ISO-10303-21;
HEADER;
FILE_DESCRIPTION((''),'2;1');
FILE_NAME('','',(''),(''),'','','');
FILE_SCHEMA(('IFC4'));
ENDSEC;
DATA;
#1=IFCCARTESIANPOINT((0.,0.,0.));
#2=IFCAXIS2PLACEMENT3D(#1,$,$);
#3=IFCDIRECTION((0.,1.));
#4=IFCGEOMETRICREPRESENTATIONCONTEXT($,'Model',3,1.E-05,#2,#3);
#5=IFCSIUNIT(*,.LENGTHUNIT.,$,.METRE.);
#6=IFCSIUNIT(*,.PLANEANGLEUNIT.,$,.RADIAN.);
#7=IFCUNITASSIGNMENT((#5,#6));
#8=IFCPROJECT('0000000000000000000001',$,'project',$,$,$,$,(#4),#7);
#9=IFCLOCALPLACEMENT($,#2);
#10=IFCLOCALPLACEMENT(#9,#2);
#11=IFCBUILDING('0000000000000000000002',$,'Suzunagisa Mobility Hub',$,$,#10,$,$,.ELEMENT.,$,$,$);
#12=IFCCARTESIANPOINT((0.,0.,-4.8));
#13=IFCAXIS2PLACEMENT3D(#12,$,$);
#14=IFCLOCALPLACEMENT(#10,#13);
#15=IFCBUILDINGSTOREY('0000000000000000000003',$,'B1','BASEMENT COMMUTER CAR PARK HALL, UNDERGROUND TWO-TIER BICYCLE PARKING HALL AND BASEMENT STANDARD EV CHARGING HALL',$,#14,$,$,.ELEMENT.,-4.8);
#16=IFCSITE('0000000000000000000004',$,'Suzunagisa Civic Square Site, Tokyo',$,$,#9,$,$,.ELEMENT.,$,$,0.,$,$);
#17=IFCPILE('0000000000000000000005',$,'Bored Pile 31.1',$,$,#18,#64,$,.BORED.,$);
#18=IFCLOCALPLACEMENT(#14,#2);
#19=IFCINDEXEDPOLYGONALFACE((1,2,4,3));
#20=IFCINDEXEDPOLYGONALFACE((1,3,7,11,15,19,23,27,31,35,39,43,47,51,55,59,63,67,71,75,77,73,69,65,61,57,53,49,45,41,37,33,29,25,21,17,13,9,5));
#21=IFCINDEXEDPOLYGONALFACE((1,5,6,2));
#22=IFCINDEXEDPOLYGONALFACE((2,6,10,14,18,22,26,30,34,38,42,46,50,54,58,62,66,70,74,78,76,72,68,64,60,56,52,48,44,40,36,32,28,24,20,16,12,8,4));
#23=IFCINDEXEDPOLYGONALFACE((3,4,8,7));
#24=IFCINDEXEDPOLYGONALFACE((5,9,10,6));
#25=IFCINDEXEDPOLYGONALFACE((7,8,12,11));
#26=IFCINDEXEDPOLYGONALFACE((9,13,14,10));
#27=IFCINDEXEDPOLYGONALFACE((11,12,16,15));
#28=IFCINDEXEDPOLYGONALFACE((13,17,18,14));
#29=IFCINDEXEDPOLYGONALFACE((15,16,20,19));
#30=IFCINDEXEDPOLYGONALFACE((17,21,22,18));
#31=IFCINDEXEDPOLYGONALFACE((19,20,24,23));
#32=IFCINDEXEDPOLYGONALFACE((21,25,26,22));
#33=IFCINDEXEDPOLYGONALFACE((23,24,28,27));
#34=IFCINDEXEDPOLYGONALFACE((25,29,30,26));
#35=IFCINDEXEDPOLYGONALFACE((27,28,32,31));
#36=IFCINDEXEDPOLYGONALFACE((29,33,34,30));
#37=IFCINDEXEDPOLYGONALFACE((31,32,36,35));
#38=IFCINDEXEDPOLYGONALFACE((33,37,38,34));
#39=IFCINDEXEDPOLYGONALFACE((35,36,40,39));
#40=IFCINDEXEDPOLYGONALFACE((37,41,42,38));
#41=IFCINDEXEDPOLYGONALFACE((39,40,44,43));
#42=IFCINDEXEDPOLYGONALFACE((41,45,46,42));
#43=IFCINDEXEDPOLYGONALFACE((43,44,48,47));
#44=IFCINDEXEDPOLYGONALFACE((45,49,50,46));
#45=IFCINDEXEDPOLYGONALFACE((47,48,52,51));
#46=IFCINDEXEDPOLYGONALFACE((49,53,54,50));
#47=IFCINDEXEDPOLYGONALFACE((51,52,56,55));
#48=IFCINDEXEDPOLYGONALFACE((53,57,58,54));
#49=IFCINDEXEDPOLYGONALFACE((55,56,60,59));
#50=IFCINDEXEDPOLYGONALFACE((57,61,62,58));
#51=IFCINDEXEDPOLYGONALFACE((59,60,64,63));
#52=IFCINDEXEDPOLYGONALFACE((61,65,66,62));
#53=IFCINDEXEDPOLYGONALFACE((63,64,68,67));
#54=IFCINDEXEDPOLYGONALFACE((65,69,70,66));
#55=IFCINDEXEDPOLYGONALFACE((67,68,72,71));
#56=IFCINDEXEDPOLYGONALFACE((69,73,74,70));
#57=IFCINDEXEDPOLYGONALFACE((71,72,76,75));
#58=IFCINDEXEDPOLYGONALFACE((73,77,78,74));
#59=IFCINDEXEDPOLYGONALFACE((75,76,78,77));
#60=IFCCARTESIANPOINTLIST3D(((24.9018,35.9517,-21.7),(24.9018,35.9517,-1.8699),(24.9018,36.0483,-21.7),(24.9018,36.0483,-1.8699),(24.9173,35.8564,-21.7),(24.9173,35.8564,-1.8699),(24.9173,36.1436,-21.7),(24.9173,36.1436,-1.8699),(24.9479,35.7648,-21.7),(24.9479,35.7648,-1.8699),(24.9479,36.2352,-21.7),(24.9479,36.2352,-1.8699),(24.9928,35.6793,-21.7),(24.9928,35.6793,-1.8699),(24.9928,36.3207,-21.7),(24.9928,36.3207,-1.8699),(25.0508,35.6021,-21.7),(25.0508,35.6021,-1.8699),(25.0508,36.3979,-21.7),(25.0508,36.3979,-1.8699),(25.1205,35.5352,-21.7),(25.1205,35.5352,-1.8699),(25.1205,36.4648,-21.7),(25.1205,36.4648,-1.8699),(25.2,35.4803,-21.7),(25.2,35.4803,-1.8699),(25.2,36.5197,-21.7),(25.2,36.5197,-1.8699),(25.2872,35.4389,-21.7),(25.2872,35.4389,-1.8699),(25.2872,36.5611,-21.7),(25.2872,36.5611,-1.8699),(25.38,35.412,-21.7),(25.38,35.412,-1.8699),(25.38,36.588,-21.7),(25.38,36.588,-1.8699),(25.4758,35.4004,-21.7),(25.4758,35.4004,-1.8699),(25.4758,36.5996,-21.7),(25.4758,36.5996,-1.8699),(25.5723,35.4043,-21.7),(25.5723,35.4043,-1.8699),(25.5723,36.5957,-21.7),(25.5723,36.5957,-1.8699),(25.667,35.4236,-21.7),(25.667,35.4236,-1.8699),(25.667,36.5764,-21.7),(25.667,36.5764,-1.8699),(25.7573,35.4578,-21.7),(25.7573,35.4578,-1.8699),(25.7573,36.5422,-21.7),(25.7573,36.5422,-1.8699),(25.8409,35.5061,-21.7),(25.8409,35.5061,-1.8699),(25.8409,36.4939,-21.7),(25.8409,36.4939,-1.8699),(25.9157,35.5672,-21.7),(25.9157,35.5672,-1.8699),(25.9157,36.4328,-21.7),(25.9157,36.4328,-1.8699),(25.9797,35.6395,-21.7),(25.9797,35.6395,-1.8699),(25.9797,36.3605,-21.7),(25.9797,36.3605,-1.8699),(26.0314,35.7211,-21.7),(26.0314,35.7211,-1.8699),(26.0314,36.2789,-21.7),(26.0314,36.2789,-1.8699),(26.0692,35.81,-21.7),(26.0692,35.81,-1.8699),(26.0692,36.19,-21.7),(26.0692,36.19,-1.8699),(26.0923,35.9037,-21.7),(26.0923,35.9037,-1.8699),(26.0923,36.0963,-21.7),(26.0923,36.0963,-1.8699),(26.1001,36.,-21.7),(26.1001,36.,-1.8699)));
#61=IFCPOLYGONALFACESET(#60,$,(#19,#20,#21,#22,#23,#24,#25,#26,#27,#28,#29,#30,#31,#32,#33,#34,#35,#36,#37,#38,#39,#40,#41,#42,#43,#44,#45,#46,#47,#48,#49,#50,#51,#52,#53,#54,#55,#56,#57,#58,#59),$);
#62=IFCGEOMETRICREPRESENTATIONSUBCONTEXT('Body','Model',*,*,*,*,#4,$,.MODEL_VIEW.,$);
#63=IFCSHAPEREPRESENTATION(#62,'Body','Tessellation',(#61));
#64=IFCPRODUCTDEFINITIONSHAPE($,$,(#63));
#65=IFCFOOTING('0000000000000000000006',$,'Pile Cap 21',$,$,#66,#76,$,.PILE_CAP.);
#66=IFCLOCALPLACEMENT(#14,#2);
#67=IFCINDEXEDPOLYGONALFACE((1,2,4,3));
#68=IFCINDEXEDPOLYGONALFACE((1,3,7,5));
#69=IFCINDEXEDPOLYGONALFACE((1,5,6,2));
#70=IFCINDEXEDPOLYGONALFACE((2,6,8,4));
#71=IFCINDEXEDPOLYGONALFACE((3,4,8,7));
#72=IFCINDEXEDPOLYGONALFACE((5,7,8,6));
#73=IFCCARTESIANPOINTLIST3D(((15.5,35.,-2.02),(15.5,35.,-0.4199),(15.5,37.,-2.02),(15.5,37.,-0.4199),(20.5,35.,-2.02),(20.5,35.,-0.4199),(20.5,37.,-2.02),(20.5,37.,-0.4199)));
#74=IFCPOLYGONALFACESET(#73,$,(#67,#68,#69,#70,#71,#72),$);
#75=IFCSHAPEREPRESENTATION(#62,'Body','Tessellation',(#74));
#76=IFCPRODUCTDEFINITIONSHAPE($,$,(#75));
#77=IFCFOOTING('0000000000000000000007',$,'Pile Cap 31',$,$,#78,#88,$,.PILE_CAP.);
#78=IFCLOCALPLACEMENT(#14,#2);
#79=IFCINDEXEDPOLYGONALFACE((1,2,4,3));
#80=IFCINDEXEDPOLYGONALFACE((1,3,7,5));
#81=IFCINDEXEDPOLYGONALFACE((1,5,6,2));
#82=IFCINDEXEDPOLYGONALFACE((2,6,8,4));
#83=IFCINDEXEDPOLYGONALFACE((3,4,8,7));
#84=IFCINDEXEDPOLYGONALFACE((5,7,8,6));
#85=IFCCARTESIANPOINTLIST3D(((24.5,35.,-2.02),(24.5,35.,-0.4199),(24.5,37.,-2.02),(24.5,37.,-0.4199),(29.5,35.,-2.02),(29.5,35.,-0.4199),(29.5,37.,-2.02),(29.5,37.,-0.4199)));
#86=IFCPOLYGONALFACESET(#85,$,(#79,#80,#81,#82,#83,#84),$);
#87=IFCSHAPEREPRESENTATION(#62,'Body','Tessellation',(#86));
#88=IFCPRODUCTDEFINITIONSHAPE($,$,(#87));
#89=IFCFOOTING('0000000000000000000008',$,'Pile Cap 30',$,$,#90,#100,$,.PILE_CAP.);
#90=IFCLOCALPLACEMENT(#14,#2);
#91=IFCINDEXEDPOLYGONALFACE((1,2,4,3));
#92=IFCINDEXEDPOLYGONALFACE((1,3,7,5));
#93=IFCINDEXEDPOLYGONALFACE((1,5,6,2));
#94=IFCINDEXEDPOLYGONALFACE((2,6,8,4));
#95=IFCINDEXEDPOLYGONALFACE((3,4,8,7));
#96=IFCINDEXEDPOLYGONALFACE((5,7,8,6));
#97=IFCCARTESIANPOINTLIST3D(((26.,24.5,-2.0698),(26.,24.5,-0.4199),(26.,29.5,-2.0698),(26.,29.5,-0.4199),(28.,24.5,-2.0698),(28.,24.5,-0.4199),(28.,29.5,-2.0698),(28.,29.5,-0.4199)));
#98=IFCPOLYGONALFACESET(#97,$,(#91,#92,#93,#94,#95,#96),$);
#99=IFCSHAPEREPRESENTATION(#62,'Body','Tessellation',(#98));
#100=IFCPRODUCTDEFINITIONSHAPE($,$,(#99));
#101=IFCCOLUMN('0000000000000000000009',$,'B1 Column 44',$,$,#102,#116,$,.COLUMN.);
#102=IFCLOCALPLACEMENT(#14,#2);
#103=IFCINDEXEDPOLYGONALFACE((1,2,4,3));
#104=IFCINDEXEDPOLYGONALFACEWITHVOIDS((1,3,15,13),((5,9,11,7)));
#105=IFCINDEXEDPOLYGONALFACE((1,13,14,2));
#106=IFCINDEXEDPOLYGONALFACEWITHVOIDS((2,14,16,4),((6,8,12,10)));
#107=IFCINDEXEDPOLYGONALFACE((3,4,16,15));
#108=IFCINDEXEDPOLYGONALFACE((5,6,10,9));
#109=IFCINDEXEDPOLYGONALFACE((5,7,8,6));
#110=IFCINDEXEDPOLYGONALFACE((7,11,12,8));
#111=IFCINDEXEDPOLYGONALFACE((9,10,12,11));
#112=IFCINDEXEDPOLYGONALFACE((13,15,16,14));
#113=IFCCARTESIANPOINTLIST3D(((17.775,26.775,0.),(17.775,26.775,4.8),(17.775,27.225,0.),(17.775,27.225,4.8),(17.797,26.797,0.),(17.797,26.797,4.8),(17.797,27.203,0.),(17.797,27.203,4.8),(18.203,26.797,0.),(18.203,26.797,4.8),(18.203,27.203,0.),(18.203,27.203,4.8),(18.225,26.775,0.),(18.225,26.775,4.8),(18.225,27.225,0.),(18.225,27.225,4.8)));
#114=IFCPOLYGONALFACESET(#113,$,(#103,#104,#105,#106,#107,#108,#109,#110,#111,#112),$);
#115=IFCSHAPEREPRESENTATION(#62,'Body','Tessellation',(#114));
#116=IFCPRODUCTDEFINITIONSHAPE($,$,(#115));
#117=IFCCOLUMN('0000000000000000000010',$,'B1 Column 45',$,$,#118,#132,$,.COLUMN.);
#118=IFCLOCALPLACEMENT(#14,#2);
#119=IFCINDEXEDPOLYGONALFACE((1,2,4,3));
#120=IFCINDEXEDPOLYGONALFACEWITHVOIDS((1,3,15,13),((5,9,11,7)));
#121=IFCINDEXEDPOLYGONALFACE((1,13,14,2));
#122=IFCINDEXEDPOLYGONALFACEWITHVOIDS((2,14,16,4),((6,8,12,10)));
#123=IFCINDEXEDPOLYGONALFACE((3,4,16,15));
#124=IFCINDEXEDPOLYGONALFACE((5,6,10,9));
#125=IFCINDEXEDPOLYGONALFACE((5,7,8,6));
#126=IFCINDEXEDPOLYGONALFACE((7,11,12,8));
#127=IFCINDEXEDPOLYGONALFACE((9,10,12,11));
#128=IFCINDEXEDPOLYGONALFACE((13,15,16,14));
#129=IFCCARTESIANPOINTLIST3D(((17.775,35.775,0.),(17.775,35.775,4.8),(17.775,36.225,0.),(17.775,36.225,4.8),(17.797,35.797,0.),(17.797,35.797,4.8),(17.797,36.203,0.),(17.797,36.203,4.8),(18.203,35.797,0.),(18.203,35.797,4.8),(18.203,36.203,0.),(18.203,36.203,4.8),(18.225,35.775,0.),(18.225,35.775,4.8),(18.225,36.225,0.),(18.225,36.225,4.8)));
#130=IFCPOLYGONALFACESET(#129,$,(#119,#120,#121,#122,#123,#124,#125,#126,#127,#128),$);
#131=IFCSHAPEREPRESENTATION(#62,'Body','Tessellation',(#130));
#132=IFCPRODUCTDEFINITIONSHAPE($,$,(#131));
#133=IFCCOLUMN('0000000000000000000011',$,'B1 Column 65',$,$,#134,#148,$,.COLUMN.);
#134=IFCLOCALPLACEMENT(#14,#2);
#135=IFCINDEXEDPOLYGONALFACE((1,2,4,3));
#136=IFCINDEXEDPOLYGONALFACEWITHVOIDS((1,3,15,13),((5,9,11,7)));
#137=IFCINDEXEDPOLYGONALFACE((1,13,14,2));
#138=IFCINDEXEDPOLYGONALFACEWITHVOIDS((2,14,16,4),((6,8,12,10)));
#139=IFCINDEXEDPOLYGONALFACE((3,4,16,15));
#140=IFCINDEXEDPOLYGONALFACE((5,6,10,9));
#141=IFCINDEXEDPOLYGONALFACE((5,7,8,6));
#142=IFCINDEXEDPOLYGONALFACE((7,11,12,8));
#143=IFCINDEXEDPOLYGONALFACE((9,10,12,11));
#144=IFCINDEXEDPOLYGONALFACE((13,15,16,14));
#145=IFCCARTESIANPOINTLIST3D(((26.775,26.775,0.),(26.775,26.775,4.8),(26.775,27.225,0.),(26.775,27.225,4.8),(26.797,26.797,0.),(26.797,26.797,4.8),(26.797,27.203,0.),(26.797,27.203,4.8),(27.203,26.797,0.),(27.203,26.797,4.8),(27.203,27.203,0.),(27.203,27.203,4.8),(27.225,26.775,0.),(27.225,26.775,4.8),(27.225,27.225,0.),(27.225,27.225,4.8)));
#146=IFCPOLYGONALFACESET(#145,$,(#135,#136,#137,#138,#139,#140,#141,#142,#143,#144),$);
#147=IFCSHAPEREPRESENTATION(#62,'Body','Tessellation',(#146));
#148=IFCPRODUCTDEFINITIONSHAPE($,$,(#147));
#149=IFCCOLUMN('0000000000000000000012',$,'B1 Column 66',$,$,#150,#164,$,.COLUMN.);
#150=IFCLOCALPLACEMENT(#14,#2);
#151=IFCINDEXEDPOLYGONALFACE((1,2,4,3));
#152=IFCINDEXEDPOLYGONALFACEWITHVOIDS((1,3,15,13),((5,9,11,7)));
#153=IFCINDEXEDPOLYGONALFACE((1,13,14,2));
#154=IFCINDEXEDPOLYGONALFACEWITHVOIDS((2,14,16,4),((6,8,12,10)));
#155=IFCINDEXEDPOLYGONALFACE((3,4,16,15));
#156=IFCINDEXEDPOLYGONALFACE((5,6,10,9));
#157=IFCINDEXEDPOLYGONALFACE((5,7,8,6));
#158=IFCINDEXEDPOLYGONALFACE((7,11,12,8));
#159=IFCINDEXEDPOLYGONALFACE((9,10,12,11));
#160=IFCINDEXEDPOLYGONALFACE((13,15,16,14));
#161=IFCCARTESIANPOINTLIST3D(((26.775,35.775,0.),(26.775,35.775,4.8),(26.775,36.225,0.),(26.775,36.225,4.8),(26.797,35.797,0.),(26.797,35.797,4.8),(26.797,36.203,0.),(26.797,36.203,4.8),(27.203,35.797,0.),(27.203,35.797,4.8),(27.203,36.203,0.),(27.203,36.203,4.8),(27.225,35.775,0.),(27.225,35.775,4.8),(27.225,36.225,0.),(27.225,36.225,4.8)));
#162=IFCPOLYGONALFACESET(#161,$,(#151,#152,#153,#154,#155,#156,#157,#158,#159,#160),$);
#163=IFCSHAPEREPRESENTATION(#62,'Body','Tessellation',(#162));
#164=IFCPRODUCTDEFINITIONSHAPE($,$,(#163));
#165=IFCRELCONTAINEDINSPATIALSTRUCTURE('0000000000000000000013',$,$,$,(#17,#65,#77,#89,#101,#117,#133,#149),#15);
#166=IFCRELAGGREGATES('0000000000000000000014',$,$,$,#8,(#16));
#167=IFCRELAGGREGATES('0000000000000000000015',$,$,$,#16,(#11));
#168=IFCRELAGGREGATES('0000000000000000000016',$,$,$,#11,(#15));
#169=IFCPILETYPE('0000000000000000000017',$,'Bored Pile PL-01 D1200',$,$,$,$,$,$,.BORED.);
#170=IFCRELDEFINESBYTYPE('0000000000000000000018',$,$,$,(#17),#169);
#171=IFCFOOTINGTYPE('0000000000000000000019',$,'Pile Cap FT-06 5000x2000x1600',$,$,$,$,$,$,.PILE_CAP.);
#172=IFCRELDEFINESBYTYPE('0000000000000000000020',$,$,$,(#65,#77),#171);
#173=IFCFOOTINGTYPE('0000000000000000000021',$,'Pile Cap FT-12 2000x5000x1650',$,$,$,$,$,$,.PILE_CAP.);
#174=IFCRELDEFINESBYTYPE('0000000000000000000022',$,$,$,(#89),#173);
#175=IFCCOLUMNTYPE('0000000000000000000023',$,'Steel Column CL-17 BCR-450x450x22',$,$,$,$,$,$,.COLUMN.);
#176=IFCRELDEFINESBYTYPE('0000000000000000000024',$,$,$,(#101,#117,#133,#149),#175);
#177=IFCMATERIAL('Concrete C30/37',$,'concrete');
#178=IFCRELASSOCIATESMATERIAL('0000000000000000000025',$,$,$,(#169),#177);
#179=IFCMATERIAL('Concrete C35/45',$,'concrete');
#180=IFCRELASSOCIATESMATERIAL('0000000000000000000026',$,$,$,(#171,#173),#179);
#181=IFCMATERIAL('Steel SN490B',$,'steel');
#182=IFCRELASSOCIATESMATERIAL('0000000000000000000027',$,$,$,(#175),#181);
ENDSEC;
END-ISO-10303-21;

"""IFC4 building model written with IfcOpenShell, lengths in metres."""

from ifc_helpers import new_model, si_unit, direction, frame, origin, origin_2d, place, context, subcontext, project, spatial, rectangle, hollow_rectangle, circle, extrude, material, material_profile, profile_set, type_object, element, save


model = new_model("IFC4")

# Units and contexts
model_context = context("Model", 3, precision=1e-05, world=origin(), true_north=direction((0.0, 1.0)))
body_context = subcontext(model_context, "Body", "Model", "MODEL_VIEW")
ifc_project = project(units=[si_unit("LENGTHUNIT", "METRE"), si_unit("PLANEANGLEUNIT", "RADIAN")], contexts=[model_context])

# Site, building, storey
site_placement = place(None, origin())
site = spatial("IfcSite", under=ifc_project, at=site_placement, Name="Suzunagisa Civic Square Site, Tokyo", CompositionType="ELEMENT", RefElevation=0.0)
building_placement = place(site_placement, origin())
building = spatial("IfcBuilding", under=site, at=building_placement, Name="Suzunagisa Mobility Hub", CompositionType="ELEMENT")
storey_placement = place(building_placement, frame((0.0, 0.0, -4.8)))
storey = spatial("IfcBuildingStorey", under=building, at=storey_placement, Name="B1", Description="BASEMENT COMMUTER CAR PARK HALL, UNDERGROUND TWO-TIER BICYCLE PARKING HALL AND BASEMENT STANDARD EV CHARGING HALL", CompositionType="ELEMENT", Elevation=-4.8)

# Pile
ifc_material_1 = material(Name="Concrete C30/37", Category="concrete")
ifc_material_profile_1 = material_profile(ifc_material_1, circle(Radius=0.6001, at=origin_2d()), Name="BORED PILE D1200")
ifc_profile_set_1 = profile_set([ifc_material_profile_1], Name="Concrete C30/37")
pile_type = type_object("IfcPileType", Name="Bored Pile PL-01 D1200", PredefinedType="BORED", material=ifc_profile_set_1)
pile_1_placement = place(storey_placement, frame((25.5, 36.0, -1.8699), z_axis=(0.0, 0.0, -1.0), x_axis=(1.0, 0.0, 0.0)))
element("IfcPile", 1, at=pile_1_placement, inside=storey, type_object=pile_type, Name="Bored Pile 31.1", PredefinedType="BORED", context=body_context, shape_type="SweptSolid", body=[
    extrude(circle(Radius=0.6001, at=origin_2d()), origin(), (0.0, 0.0, 1.0), 19.8301),
])

# Footings
ifc_material_2 = material(Name="Concrete C35/45", Category="concrete")
footing_type_1 = type_object("IfcFootingType", Name="Pile Cap FT-06 5000x2000x1600", PredefinedType="PILE_CAP", material=ifc_material_2)
for number, where, z_axis, x_axis, name in (
    (2, (18.0, 36.0, -2.02), (0.0, 0.0, 1.0), (1.0, 0.0, 0.0), "Pile Cap 21"),
    (3, (27.0, 36.0, -2.02), (0.0, 0.0, 1.0), (1.0, 0.0, 0.0), "Pile Cap 31"),
):
    element("IfcFooting", number, at=place(storey_placement, frame(where, z_axis=z_axis, x_axis=x_axis)), inside=storey, type_object=footing_type_1, Name=name, PredefinedType="PILE_CAP", context=body_context, shape_type="SweptSolid", body=[
        extrude(rectangle(XDim=5.0, YDim=2.0, at=origin_2d()), origin(), (0.0, 0.0, 1.0), 1.6001),
    ])
footing_type_2 = type_object("IfcFootingType", Name="Pile Cap FT-12 2000x5000x1650", PredefinedType="PILE_CAP", material=ifc_material_2)
footing_placement = place(storey_placement, frame((27.0, 27.0, -2.0698), z_axis=(0.0, 0.0, 1.0), x_axis=(1.0, 0.0, 0.0)))
element("IfcFooting", 4, at=footing_placement, inside=storey, type_object=footing_type_2, Name="Pile Cap 30", PredefinedType="PILE_CAP", context=body_context, shape_type="SweptSolid", body=[
    extrude(rectangle(XDim=2.0, YDim=5.0, at=origin_2d()), origin(), (0.0, 0.0, 1.0), 1.6499),
])

# Columns
ifc_material_3 = material(Name="Steel SN490B", Category="steel")
ifc_material_profile_2 = material_profile(ifc_material_3, hollow_rectangle(XDim=0.45, YDim=0.45, WallThickness=0.022, at=origin_2d()), Name="BCR-450x450x22")
ifc_profile_set_2 = profile_set([ifc_material_profile_2], Name="Steel SN490B")
column_type = type_object("IfcColumnType", Name="Steel Column CL-17 BCR-450x450x22", PredefinedType="COLUMN", material=ifc_profile_set_2)
for number, where, z_axis, x_axis, name in (
    (5, (18.0, 27.0, 0.0), (0.0, 0.0, 1.0), (1.0, 0.0, 0.0), "B1 Column 44"),
    (6, (18.0, 36.0, 0.0), (0.0, 0.0, 1.0), (1.0, 0.0, 0.0), "B1 Column 45"),
    (7, (27.0, 27.0, 0.0), (0.0, 0.0, 1.0), (1.0, 0.0, 0.0), "B1 Column 65"),
    (8, (27.0, 36.0, 0.0), (0.0, 0.0, 1.0), (1.0, 0.0, 0.0), "B1 Column 66"),
):
    element("IfcColumn", number, at=place(storey_placement, frame(where, z_axis=z_axis, x_axis=x_axis)), inside=storey, type_object=column_type, Name=name, PredefinedType="COLUMN", context=body_context, shape_type="SweptSolid", body=[
        extrude(hollow_rectangle(XDim=0.45, YDim=0.45, WallThickness=0.022, at=origin_2d()), origin(), (0.0, 0.0, 1.0), 4.8),
    ])

save(model, "model.ifc")
